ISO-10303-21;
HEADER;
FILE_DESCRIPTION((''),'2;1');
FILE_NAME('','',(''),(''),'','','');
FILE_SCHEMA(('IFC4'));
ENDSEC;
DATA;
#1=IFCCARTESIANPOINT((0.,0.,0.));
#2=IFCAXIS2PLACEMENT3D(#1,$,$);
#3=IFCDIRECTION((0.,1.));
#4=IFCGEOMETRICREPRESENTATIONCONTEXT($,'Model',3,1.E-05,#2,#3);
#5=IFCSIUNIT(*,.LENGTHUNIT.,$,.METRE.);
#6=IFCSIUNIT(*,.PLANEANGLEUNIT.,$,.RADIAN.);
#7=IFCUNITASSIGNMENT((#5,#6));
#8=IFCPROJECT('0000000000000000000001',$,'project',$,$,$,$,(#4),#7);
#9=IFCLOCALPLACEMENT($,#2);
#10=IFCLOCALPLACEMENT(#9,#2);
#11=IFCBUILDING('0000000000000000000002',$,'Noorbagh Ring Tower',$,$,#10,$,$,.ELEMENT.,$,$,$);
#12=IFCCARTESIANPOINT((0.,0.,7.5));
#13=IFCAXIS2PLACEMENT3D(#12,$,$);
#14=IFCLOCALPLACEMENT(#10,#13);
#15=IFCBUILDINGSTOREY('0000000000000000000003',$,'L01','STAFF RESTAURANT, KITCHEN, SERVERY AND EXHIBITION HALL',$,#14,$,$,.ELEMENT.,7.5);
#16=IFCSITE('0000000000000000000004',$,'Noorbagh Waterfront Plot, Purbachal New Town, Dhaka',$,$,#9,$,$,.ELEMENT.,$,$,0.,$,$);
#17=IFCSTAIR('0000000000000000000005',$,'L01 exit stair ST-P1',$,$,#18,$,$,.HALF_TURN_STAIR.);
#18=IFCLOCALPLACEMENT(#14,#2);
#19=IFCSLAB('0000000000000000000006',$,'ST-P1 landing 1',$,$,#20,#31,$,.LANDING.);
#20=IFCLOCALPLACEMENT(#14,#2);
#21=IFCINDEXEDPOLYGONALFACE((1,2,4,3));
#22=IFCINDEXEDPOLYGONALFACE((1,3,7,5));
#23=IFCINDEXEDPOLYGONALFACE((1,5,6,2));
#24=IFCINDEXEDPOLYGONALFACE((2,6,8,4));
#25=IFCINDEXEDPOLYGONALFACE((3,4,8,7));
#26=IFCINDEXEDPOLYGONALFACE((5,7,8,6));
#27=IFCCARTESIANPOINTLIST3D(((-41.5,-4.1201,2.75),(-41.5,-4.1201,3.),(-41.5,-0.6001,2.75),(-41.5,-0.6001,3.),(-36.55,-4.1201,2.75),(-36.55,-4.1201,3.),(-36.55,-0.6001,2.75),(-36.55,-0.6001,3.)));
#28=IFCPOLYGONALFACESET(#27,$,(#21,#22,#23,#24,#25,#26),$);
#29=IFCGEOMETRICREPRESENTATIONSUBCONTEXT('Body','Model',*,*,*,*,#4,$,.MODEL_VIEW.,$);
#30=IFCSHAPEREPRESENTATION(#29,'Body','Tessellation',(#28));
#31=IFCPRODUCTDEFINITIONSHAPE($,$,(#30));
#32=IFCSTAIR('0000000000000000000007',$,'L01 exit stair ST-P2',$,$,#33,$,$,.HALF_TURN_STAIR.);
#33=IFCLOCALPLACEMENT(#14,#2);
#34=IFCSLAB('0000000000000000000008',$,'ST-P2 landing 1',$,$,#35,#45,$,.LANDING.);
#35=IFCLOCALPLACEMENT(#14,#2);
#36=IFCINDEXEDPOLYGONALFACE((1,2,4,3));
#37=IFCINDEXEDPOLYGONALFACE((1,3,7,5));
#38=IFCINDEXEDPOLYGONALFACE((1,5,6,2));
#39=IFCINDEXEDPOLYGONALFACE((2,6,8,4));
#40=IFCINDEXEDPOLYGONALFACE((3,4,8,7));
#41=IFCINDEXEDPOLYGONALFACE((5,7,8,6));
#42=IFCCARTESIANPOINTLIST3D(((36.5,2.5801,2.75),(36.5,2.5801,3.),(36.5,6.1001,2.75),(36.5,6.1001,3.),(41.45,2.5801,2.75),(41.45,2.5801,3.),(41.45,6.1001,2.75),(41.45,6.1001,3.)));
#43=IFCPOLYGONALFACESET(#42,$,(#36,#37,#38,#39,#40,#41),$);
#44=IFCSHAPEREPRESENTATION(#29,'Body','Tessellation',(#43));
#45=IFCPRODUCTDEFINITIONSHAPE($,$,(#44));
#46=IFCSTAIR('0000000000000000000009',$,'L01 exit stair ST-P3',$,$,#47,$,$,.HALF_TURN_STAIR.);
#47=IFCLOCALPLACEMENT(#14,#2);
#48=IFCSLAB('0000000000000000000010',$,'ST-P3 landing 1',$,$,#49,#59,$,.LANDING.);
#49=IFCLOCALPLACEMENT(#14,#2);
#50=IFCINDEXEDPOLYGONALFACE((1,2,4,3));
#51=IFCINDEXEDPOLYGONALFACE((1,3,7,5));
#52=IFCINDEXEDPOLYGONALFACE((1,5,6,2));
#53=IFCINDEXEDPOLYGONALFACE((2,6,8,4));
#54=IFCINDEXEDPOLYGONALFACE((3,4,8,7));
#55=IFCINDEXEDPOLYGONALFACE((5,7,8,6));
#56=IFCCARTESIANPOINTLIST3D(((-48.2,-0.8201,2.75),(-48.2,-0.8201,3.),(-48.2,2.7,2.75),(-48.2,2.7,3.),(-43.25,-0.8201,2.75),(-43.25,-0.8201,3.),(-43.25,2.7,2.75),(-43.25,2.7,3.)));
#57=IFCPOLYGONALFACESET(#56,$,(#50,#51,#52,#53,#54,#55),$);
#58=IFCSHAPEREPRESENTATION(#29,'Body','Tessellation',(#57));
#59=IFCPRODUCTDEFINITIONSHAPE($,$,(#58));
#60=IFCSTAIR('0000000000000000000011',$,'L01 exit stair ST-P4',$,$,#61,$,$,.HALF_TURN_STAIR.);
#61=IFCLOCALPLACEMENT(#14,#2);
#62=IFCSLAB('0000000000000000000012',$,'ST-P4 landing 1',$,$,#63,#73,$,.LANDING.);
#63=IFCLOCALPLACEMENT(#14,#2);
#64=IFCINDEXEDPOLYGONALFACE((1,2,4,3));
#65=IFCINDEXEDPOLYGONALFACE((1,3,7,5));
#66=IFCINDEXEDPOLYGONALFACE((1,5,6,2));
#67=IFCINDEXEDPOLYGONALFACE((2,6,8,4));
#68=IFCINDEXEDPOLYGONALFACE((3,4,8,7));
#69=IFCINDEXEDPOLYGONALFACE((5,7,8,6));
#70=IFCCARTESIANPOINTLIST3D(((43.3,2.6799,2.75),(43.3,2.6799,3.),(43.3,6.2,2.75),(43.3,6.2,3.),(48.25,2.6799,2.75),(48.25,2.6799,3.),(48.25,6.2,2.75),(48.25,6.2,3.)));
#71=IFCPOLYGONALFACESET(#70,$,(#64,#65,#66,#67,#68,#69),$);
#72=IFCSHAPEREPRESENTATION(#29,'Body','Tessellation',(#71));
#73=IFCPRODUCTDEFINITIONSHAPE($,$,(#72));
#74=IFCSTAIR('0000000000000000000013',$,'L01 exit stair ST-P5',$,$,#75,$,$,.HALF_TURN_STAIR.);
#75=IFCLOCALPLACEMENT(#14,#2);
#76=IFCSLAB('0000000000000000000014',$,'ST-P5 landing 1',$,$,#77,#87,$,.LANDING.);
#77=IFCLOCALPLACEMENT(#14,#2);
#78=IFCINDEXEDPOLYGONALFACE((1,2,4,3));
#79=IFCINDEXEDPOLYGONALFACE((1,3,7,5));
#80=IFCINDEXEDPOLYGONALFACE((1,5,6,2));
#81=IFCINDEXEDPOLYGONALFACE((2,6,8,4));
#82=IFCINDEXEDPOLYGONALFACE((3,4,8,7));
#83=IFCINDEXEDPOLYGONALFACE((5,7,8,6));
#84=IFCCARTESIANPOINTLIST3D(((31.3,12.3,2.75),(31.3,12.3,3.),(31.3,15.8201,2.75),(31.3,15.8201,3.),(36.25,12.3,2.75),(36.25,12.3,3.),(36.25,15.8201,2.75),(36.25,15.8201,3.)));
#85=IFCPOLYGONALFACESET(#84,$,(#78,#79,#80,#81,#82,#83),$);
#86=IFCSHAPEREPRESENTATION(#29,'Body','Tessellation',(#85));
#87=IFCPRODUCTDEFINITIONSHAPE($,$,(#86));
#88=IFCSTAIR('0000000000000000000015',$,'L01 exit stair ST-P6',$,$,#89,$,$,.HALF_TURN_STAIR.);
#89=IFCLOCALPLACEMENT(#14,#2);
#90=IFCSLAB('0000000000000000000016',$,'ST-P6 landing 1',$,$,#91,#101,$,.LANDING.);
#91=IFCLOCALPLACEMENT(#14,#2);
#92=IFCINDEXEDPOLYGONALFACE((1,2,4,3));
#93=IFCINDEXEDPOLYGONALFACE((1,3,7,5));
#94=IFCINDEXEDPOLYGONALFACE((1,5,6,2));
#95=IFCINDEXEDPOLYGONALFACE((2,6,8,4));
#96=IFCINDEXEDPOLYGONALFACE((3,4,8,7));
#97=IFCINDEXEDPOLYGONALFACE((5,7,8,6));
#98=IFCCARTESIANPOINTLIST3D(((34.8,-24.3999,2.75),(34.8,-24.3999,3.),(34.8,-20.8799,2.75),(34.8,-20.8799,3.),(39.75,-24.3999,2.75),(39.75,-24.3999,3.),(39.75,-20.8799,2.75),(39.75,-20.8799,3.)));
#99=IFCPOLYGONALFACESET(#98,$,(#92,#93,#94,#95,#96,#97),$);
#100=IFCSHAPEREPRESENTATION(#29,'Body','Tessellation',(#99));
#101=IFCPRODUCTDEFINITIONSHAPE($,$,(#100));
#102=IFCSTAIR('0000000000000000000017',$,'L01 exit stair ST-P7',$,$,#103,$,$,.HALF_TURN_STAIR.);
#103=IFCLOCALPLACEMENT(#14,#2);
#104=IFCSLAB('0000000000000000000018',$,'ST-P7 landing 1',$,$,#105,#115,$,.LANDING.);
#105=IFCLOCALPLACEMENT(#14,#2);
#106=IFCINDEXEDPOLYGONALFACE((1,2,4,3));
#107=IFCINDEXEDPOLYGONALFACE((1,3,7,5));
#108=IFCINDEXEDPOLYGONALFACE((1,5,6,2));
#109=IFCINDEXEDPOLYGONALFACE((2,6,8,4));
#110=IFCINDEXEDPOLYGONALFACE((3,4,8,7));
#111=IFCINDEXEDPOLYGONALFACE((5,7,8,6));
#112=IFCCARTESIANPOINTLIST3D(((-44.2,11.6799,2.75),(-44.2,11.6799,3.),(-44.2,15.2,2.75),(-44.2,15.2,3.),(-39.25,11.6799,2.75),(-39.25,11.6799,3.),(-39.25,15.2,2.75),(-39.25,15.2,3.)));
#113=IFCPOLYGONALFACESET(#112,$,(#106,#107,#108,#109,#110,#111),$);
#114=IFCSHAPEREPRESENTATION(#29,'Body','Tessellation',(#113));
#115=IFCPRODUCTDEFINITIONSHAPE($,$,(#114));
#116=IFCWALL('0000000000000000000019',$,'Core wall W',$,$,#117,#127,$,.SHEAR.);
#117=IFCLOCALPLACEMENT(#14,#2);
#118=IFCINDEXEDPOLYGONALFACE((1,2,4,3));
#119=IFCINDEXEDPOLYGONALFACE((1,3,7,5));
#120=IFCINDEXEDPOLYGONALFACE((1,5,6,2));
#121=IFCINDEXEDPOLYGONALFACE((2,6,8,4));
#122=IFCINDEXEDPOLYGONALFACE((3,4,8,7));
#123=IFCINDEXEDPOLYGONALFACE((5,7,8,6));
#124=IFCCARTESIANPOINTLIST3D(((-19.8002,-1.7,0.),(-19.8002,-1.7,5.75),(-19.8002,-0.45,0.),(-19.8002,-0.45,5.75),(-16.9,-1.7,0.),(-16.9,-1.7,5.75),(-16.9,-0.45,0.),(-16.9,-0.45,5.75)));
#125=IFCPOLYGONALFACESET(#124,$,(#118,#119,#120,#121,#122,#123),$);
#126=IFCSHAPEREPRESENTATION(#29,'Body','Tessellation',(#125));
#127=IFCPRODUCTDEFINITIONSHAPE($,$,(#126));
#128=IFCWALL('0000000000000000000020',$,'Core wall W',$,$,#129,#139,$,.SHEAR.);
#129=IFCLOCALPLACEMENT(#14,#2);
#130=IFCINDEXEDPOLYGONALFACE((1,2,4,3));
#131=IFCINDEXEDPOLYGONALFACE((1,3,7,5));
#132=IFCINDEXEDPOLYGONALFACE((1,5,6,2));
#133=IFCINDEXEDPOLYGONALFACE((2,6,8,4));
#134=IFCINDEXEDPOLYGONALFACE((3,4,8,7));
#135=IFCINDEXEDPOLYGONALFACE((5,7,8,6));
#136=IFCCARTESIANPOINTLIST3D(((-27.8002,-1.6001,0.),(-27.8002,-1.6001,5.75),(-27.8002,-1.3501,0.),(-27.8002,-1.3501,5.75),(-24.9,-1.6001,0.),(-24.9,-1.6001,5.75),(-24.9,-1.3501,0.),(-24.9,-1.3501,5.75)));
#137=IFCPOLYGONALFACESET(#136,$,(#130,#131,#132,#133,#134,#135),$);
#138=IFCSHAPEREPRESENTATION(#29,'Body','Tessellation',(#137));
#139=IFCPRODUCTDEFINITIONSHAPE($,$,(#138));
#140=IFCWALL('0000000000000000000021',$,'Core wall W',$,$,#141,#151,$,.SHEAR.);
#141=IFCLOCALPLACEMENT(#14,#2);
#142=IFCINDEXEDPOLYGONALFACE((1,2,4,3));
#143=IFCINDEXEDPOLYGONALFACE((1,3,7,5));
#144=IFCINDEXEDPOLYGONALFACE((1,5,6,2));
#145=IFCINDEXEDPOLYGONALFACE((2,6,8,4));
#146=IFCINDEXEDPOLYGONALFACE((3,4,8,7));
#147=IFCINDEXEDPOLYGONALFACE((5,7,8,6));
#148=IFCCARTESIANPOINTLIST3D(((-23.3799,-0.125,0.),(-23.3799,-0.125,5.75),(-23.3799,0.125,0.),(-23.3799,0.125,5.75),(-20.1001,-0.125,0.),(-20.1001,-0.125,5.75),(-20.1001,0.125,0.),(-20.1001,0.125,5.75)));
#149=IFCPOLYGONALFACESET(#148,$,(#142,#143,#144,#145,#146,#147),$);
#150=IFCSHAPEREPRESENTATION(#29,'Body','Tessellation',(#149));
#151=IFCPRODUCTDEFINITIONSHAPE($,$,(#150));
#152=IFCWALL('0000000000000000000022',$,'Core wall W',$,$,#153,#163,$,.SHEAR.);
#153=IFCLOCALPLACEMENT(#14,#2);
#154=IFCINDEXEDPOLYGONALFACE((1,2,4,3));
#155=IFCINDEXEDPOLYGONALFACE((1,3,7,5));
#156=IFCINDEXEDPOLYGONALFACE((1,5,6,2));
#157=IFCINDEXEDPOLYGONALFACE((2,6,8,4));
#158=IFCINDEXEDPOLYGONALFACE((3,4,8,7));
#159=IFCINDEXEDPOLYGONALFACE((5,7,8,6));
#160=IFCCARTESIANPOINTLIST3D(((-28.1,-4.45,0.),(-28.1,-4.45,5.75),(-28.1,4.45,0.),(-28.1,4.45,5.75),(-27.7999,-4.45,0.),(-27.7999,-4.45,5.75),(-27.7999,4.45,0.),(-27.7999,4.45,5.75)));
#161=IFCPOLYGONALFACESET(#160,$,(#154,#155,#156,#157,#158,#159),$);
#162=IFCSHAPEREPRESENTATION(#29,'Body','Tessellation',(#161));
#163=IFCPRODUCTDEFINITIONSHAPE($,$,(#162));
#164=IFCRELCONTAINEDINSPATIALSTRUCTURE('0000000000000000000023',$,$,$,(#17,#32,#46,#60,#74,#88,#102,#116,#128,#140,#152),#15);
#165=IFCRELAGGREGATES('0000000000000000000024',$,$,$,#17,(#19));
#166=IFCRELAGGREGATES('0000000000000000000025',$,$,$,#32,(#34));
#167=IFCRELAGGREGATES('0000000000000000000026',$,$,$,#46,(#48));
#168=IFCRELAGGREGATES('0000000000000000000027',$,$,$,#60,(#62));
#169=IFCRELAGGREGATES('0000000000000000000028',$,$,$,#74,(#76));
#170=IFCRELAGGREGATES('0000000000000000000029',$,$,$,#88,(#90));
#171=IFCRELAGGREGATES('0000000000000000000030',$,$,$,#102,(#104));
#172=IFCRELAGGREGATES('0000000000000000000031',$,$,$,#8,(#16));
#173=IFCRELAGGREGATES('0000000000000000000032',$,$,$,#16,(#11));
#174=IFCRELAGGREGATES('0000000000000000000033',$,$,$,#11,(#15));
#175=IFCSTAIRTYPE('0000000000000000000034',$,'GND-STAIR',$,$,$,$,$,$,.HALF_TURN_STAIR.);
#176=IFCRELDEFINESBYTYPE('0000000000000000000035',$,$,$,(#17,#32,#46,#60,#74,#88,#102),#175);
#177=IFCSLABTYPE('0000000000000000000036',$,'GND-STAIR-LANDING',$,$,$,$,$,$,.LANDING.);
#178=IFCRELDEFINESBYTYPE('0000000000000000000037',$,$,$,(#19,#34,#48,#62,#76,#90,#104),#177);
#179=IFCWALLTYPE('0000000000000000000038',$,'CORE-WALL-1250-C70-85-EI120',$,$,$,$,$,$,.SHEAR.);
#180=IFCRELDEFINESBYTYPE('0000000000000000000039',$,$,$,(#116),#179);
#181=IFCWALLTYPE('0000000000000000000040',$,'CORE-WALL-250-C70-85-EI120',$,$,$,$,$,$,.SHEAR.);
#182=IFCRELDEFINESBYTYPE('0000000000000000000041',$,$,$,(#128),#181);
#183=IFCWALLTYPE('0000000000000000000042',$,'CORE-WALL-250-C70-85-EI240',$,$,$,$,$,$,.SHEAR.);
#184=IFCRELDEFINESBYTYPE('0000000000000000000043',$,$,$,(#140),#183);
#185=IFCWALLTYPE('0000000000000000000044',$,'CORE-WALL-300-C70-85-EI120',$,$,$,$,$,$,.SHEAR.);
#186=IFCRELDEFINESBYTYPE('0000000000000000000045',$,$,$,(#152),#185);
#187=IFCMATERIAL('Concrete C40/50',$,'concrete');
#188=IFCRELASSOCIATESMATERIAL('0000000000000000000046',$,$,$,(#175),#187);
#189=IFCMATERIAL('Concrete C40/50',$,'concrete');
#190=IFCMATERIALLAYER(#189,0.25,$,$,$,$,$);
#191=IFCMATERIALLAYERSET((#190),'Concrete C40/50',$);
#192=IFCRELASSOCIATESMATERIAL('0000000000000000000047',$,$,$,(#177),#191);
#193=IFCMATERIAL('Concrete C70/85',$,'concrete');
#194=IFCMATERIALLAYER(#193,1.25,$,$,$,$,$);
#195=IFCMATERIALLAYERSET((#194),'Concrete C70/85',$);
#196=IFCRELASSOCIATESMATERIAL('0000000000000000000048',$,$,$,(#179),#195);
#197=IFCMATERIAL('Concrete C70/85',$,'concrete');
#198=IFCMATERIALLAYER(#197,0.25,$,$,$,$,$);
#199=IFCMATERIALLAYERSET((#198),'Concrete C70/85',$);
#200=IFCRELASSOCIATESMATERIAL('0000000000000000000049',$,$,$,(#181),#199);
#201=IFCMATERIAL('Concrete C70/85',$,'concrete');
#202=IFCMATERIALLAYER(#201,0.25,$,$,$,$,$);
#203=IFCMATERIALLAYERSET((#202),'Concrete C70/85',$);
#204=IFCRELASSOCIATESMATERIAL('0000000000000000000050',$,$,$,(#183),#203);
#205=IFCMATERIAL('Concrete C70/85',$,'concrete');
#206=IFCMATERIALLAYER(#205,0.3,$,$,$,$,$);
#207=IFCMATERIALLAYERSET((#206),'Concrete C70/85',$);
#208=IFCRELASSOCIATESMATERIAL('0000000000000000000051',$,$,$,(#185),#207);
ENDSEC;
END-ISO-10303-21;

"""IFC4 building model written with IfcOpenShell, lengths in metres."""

from ifc_helpers import new_model, si_unit, direction, frame, frame_2d, origin, place, context, subcontext, project, spatial, polyline, rectangle, outline, extrude, material, layer, layer_set, type_object, element, aggregate, save


model = new_model("IFC4")

# Units and contexts
model_context = context("Model", 3, precision=1e-05, world=origin(), true_north=direction((0.0, 1.0)))
body_context = subcontext(model_context, "Body", "Model", "MODEL_VIEW")
ifc_project = project(units=[si_unit("LENGTHUNIT", "METRE"), si_unit("PLANEANGLEUNIT", "RADIAN")], contexts=[model_context])

# Site, building, storey
site_placement = place(None, origin())
site = spatial("IfcSite", under=ifc_project, at=site_placement, Name="Noorbagh Waterfront Plot, Purbachal New Town, Dhaka", CompositionType="ELEMENT", RefElevation=0.0)
building_placement = place(site_placement, origin())
building = spatial("IfcBuilding", under=site, at=building_placement, Name="Noorbagh Ring Tower", CompositionType="ELEMENT")
storey_placement = place(building_placement, frame((0.0, 0.0, 7.5)))
storey = spatial("IfcBuildingStorey", under=building, at=storey_placement, Name="L01", Description="STAFF RESTAURANT, KITCHEN, SERVERY AND EXHIBITION HALL", CompositionType="ELEMENT", Elevation=7.5)

# Stairs, slabs
ifc_material_1 = material(Name="Concrete C40/50", Category="concrete")
stair_type_1 = type_object("IfcStairType", Name="GND-STAIR", PredefinedType="HALF_TURN_STAIR", material=ifc_material_1)
stair_1_placement = place(storey_placement, origin())
stair_1 = element("IfcStair", 1, at=stair_1_placement, inside=storey, type_object=stair_type_1, Name="L01 exit stair ST-P1", PredefinedType="HALF_TURN_STAIR")
ifc_material_2 = material(Name="Concrete C40/50", Category="concrete")
ifc_layer_1 = layer(ifc_material_2, 0.25)
ifc_layer_set_1 = layer_set([ifc_layer_1], Name="Concrete C40/50")
slab_type_1 = type_object("IfcSlabType", Name="GND-STAIR-LANDING", PredefinedType="LANDING", material=ifc_layer_set_1)
slab_1_placement = place(storey_placement, frame((0.0, 0.0, 2.75)))
slab_1 = element("IfcSlab", 2, at=slab_1_placement, type_object=slab_type_1, Name="ST-P1 landing 1", PredefinedType="LANDING", context=body_context, shape_type="SweptSolid", body=[
    extrude(outline(polyline([(-36.55, -4.1201), (-36.55, -0.6001), (-41.5, -0.6001), (-41.5, -4.1201), (-36.55, -4.1201)])), origin(), (0.0, 0.0, 1.0), 0.25),
])
aggregate(stair_1, [slab_1])
stair_2_placement = place(storey_placement, origin())
stair_2 = element("IfcStair", 3, at=stair_2_placement, inside=storey, type_object=stair_type_1, Name="L01 exit stair ST-P2", PredefinedType="HALF_TURN_STAIR")
slab_2_placement = place(storey_placement, frame((0.0, 0.0, 2.75)))
slab_2 = element("IfcSlab", 4, at=slab_2_placement, type_object=slab_type_1, Name="ST-P2 landing 1", PredefinedType="LANDING", context=body_context, shape_type="SweptSolid", body=[
    extrude(outline(polyline([(41.45, 2.5801), (41.45, 6.1001), (36.5, 6.1001), (36.5, 2.5801), (41.45, 2.5801)])), origin(), (0.0, 0.0, 1.0), 0.25),
])
aggregate(stair_2, [slab_2])
stair_3_placement = place(storey_placement, origin())
stair_3 = element("IfcStair", 5, at=stair_3_placement, inside=storey, type_object=stair_type_1, Name="L01 exit stair ST-P3", PredefinedType="HALF_TURN_STAIR")
slab_3_placement = place(storey_placement, frame((0.0, 0.0, 2.75)))
slab_3 = element("IfcSlab", 6, at=slab_3_placement, type_object=slab_type_1, Name="ST-P3 landing 1", PredefinedType="LANDING", context=body_context, shape_type="SweptSolid", body=[
    extrude(outline(polyline([(-43.25, -0.8201), (-43.25, 2.7), (-48.2, 2.7), (-48.2, -0.8201), (-43.25, -0.8201)])), origin(), (0.0, 0.0, 1.0), 0.25),
])
aggregate(stair_3, [slab_3])
stair_4_placement = place(storey_placement, origin())
stair_4 = element("IfcStair", 7, at=stair_4_placement, inside=storey, type_object=stair_type_1, Name="L01 exit stair ST-P4", PredefinedType="HALF_TURN_STAIR")
slab_4_placement = place(storey_placement, frame((0.0, 0.0, 2.75)))
slab_4 = element("IfcSlab", 8, at=slab_4_placement, type_object=slab_type_1, Name="ST-P4 landing 1", PredefinedType="LANDING", context=body_context, shape_type="SweptSolid", body=[
    extrude(outline(polyline([(48.25, 2.6799), (48.25, 6.2), (43.3, 6.2), (43.3, 2.6799), (48.25, 2.6799)])), origin(), (0.0, 0.0, 1.0), 0.25),
])
aggregate(stair_4, [slab_4])
stair_5_placement = place(storey_placement, origin())
stair_5 = element("IfcStair", 9, at=stair_5_placement, inside=storey, type_object=stair_type_1, Name="L01 exit stair ST-P5", PredefinedType="HALF_TURN_STAIR")
slab_5_placement = place(storey_placement, frame((0.0, 0.0, 2.75)))
slab_5 = element("IfcSlab", 10, at=slab_5_placement, type_object=slab_type_1, Name="ST-P5 landing 1", PredefinedType="LANDING", context=body_context, shape_type="SweptSolid", body=[
    extrude(outline(polyline([(31.3, 15.8201), (31.3, 12.3), (36.25, 12.3), (36.25, 15.8201), (31.3, 15.8201)])), origin(), (0.0, 0.0, 1.0), 0.25),
])
aggregate(stair_5, [slab_5])
stair_6_placement = place(storey_placement, origin())
stair_6 = element("IfcStair", 11, at=stair_6_placement, inside=storey, type_object=stair_type_1, Name="L01 exit stair ST-P6", PredefinedType="HALF_TURN_STAIR")
slab_6_placement = place(storey_placement, frame((0.0, 0.0, 2.75)))
slab_6 = element("IfcSlab", 12, at=slab_6_placement, type_object=slab_type_1, Name="ST-P6 landing 1", PredefinedType="LANDING", context=body_context, shape_type="SweptSolid", body=[
    extrude(outline(polyline([(34.8, -20.8799), (34.8, -24.3999), (39.75, -24.3999), (39.75, -20.8799), (34.8, -20.8799)])), origin(), (0.0, 0.0, 1.0), 0.25),
])
aggregate(stair_6, [slab_6])
stair_7_placement = place(storey_placement, origin())
stair_7 = element("IfcStair", 13, at=stair_7_placement, inside=storey, type_object=stair_type_1, Name="L01 exit stair ST-P7", PredefinedType="HALF_TURN_STAIR")
slab_7_placement = place(storey_placement, frame((0.0, 0.0, 2.75)))
slab_7 = element("IfcSlab", 14, at=slab_7_placement, type_object=slab_type_1, Name="ST-P7 landing 1", PredefinedType="LANDING", context=body_context, shape_type="SweptSolid", body=[
    extrude(outline(polyline([(-39.25, 11.6799), (-39.25, 15.2), (-44.2, 15.2), (-44.2, 11.6799), (-39.25, 11.6799)])), origin(), (0.0, 0.0, 1.0), 0.25),
])
aggregate(stair_7, [slab_7])

# Walls
ifc_material_3 = material(Name="Concrete C70/85", Category="concrete")
ifc_layer_2 = layer(ifc_material_3, 1.25)
ifc_layer_set_2 = layer_set([ifc_layer_2], Name="Concrete C70/85")
wall_type_1 = type_object("IfcWallType", Name="CORE-WALL-1250-C70-85-EI120", PredefinedType="SHEAR", material=ifc_layer_set_2)
wall_1_placement = place(storey_placement, frame((-16.8999, -1.075, 0.0), z_axis=(0.0, 0.0, 1.0), x_axis=(-1.0, 0.0, 0.0)))
element("IfcWall", 15, at=wall_1_placement, inside=storey, type_object=wall_type_1, Name="Core wall W", PredefinedType="SHEAR", context=body_context, shape_type="SweptSolid", body=[
    extrude(rectangle(XDim=2.9001, YDim=1.25, at=frame_2d((1.4502, 0.0))), origin(), (0.0, 0.0, 1.0), 5.75),
])
ifc_material_4 = material(Name="Concrete C70/85", Category="concrete")
ifc_layer_3 = layer(ifc_material_4, 0.25)
ifc_layer_set_3 = layer_set([ifc_layer_3], Name="Concrete C70/85")
wall_type_2 = type_object("IfcWallType", Name="CORE-WALL-250-C70-85-EI120", PredefinedType="SHEAR", material=ifc_layer_set_3)
wall_2_placement = place(storey_placement, frame((-24.8999, -1.4751, 0.0), z_axis=(0.0, 0.0, 1.0), x_axis=(-1.0, 0.0, 0.0)))
element("IfcWall", 16, at=wall_2_placement, inside=storey, type_object=wall_type_2, Name="Core wall W", PredefinedType="SHEAR", context=body_context, shape_type="SweptSolid", body=[
    extrude(rectangle(XDim=2.9001, YDim=0.25, at=frame_2d((1.4502, 0.0))), origin(), (0.0, 0.0, 1.0), 5.75),
])
ifc_material_5 = material(Name="Concrete C70/85", Category="concrete")
ifc_layer_4 = layer(ifc_material_5, 0.25)
ifc_layer_set_4 = layer_set([ifc_layer_4], Name="Concrete C70/85")
wall_type_3 = type_object("IfcWallType", Name="CORE-WALL-250-C70-85-EI240", PredefinedType="SHEAR", material=ifc_layer_set_4)
wall_3_placement = place(storey_placement, frame((-20.1001, 0.0, 0.0), z_axis=(0.0, 0.0, 1.0), x_axis=(-1.0, 0.0, 0.0)))
element("IfcWall", 17, at=wall_3_placement, inside=storey, type_object=wall_type_3, Name="Core wall W", PredefinedType="SHEAR", context=body_context, shape_type="SweptSolid", body=[
    extrude(rectangle(XDim=3.2798, YDim=0.25, at=frame_2d((1.6399, 0.0))), origin(), (0.0, 0.0, 1.0), 5.75),
])
ifc_material_6 = material(Name="Concrete C70/85", Category="concrete")
ifc_layer_5 = layer(ifc_material_6, 0.3)
ifc_layer_set_5 = layer_set([ifc_layer_5], Name="Concrete C70/85")
wall_type_4 = type_object("IfcWallType", Name="CORE-WALL-300-C70-85-EI120", PredefinedType="SHEAR", material=ifc_layer_set_5)
wall_4_placement = place(storey_placement, frame((-27.95, -4.45, 0.0), z_axis=(0.0, 0.0, 1.0), x_axis=(0.0, 1.0, 0.0)))
element("IfcWall", 18, at=wall_4_placement, inside=storey, type_object=wall_type_4, Name="Core wall W", PredefinedType="SHEAR", context=body_context, shape_type="SweptSolid", body=[
    extrude(rectangle(XDim=8.8999, YDim=0.3, at=frame_2d((4.45, 0.0))), origin(), (0.0, 0.0, 1.0), 5.75),
])

save(model, "model.ifc")
